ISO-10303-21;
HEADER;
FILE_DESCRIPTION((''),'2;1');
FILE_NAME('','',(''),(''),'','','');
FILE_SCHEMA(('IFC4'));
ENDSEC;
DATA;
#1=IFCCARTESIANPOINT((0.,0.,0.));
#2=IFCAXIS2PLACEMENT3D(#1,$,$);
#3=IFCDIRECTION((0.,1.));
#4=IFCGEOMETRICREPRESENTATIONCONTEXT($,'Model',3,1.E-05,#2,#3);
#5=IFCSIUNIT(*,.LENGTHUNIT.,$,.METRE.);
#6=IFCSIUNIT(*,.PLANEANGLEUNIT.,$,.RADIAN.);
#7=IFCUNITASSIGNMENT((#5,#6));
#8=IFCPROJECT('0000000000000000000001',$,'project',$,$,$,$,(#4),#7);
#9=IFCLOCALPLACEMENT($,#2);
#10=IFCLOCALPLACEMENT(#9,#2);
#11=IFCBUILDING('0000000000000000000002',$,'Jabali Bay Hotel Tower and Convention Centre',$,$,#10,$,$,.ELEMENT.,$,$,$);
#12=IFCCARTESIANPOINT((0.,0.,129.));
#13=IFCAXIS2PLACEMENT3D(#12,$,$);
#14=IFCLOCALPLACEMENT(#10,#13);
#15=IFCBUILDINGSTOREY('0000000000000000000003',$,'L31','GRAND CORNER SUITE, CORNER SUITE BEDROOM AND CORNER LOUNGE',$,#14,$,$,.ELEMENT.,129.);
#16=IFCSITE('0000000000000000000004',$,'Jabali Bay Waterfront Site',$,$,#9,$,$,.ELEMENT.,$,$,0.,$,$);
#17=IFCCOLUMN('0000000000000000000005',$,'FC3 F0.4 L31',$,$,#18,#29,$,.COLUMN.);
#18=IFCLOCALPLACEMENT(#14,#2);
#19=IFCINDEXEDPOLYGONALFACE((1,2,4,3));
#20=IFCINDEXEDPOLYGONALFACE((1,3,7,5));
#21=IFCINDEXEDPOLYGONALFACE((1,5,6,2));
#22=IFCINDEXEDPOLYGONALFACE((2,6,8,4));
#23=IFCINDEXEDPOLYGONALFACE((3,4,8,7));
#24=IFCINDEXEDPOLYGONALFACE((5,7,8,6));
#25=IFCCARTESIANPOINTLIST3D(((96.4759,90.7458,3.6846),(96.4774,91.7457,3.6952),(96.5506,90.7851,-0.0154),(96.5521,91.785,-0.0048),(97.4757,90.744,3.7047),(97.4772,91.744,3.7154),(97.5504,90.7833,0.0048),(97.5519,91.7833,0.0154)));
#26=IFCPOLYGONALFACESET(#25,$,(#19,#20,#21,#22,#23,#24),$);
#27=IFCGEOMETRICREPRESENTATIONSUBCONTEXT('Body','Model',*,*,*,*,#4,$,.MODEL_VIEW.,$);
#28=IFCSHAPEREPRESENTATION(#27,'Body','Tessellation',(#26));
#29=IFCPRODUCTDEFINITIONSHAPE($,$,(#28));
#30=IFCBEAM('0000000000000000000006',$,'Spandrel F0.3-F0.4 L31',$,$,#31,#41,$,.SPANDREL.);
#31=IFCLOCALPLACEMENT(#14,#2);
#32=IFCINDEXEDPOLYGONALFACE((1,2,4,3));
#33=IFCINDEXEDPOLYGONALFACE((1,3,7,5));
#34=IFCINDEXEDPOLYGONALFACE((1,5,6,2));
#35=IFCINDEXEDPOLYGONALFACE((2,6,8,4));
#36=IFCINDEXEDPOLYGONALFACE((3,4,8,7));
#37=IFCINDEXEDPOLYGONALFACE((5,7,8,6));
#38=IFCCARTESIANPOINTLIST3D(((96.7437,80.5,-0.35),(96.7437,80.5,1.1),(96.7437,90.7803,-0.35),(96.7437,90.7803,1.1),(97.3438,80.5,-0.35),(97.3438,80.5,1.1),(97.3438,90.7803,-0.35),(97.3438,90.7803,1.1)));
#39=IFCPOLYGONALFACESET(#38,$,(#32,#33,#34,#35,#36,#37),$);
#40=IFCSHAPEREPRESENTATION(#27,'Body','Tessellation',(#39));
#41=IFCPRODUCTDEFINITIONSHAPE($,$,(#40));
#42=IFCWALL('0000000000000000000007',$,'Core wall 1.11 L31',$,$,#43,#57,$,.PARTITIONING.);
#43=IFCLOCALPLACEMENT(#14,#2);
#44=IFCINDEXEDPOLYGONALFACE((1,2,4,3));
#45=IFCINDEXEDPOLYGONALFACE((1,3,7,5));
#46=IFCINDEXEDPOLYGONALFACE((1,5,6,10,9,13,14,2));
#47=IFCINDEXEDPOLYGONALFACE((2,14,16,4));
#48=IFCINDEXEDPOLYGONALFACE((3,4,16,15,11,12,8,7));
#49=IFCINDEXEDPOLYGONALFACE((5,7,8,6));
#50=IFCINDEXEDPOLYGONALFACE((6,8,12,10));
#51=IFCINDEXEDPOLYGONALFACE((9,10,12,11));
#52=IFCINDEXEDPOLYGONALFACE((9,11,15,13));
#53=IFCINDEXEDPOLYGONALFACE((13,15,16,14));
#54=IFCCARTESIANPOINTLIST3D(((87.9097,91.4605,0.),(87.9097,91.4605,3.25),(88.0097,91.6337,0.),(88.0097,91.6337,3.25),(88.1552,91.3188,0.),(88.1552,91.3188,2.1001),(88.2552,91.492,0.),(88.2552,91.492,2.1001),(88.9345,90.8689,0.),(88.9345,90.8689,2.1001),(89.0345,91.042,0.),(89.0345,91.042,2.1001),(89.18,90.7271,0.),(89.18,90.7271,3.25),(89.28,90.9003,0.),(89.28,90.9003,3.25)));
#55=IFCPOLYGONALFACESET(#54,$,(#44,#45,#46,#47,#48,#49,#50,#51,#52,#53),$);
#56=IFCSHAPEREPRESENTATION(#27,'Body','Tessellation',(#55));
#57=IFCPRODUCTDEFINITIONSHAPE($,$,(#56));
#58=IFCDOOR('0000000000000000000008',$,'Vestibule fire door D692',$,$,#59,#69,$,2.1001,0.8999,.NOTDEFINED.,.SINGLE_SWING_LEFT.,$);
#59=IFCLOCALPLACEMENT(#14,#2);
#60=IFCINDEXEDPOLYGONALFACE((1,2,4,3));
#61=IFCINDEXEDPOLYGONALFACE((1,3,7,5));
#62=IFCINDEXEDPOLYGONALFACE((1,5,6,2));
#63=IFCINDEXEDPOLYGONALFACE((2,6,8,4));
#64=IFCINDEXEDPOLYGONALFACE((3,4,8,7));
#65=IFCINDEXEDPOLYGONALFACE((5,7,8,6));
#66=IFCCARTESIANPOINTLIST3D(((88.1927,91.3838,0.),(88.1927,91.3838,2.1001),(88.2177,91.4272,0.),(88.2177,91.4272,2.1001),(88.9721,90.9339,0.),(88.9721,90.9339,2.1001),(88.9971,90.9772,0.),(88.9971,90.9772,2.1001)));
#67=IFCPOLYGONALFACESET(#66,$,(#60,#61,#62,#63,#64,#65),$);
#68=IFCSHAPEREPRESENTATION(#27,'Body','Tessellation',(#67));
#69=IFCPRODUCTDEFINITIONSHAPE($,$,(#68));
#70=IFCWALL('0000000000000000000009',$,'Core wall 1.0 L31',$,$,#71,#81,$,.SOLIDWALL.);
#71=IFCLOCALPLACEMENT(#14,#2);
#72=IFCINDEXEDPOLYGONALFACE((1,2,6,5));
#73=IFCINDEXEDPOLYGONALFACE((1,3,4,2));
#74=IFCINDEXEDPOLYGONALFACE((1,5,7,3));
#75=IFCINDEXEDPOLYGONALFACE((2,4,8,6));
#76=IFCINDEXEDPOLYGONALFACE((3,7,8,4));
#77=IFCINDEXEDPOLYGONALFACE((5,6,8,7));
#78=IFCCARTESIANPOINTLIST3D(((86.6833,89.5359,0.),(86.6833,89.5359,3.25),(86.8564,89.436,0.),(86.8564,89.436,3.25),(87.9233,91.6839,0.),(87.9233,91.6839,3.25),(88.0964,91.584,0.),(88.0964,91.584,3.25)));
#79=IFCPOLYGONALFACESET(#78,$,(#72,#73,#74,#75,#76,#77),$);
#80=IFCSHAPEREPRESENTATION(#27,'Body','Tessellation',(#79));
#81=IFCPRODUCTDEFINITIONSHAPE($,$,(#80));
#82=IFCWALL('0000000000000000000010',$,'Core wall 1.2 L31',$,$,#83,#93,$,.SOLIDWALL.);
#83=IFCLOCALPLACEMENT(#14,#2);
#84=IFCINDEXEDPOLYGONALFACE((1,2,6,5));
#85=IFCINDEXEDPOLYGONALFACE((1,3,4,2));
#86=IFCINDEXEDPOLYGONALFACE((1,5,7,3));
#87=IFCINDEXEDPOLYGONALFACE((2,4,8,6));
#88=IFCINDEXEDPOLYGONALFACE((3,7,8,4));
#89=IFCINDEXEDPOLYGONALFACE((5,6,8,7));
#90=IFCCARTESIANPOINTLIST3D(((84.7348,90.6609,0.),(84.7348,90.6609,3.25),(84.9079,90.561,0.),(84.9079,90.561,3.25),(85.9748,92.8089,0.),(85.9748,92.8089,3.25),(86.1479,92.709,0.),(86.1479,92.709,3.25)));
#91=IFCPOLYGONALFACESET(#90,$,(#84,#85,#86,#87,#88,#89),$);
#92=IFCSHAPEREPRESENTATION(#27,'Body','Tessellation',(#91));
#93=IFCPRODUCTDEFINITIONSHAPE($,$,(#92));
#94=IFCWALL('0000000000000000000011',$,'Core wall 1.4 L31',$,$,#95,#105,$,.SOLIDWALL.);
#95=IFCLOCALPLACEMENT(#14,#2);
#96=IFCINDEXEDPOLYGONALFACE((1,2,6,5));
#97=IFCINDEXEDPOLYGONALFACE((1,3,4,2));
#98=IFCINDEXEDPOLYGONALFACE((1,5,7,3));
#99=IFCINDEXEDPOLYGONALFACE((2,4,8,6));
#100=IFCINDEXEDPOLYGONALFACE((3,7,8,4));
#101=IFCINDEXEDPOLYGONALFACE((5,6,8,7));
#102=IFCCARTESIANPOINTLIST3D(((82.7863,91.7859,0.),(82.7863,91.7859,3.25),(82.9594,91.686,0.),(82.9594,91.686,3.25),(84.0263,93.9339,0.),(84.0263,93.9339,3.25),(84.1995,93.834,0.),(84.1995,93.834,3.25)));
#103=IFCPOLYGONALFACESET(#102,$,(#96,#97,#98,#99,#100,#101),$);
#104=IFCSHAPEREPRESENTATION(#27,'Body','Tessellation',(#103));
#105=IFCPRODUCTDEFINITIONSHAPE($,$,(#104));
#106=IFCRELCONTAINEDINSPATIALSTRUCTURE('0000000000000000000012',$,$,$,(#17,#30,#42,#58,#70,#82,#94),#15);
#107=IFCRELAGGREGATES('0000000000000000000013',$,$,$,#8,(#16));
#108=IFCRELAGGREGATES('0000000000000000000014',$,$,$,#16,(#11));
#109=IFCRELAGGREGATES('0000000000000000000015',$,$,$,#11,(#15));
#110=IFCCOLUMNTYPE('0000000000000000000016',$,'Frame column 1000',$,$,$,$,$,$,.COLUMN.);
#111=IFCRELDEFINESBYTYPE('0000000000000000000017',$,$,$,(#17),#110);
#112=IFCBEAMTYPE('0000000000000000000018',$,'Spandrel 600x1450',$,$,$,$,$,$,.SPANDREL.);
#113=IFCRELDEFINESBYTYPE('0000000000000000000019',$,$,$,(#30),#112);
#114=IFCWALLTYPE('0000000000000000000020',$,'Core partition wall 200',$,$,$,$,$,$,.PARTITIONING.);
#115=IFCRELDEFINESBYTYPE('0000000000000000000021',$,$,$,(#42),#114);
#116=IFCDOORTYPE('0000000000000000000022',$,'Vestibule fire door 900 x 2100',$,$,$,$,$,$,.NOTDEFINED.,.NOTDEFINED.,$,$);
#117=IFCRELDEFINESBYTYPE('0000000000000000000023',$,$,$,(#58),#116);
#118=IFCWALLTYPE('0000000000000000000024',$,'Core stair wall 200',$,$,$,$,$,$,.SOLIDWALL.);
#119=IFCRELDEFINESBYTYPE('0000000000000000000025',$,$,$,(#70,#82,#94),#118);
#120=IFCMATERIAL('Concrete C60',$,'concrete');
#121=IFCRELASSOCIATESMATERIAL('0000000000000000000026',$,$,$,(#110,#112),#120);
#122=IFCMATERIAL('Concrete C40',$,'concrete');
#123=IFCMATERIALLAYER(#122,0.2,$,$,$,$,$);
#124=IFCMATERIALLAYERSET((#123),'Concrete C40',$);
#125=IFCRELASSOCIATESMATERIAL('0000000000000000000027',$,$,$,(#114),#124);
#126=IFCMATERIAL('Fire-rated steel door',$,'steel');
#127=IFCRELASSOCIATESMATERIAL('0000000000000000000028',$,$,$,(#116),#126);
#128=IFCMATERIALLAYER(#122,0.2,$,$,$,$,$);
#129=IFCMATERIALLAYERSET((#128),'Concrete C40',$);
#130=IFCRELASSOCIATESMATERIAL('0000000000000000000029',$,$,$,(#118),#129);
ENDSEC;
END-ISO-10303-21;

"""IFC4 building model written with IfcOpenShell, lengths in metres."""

from ifc_helpers import new_model, si_unit, direction, frame, frame_2d, origin, origin_2d, place, context, subcontext, project, spatial, rectangle, extrude, material, layer, layer_set, material_profile, profile_set, type_object, element, fill, save


model = new_model("IFC4")

# Units and contexts
model_context = context("Model", 3, precision=1e-05, world=origin(), true_north=direction((0.0, 1.0)))
body_context = subcontext(model_context, "Body", "Model", "MODEL_VIEW")
ifc_project = project(units=[si_unit("LENGTHUNIT", "METRE"), si_unit("PLANEANGLEUNIT", "RADIAN")], contexts=[model_context])

# Site, building, storey
site_placement = place(None, origin())
site = spatial("IfcSite", under=ifc_project, at=site_placement, Name="Jabali Bay Waterfront Site", CompositionType="ELEMENT", RefElevation=0.0)
building_placement = place(site_placement, origin())
building = spatial("IfcBuilding", under=site, at=building_placement, Name="Jabali Bay Hotel Tower and Convention Centre", CompositionType="ELEMENT")
storey_placement = place(building_placement, frame((0.0, 0.0, 129.0)))
storey = spatial("IfcBuildingStorey", under=building, at=storey_placement, Name="L31", Description="GRAND CORNER SUITE, CORNER SUITE BEDROOM AND CORNER LOUNGE", CompositionType="ELEMENT", Elevation=129.0)

# Column
ifc_material_1 = material(Name="Concrete C60", Category="concrete")
ifc_material_profile_1 = material_profile(ifc_material_1, rectangle(XDim=1.0, YDim=1.0, at=origin_2d()), Name="Frame column 1000")
ifc_profile_set_1 = profile_set([ifc_material_profile_1], Name="Concrete C60")
column_type = type_object("IfcColumnType", Name="Frame column 1000", PredefinedType="COLUMN", material=ifc_profile_set_1)
column_placement = place(storey_placement, frame((97.0513, 91.2842, 0.0), z_axis=(-0.020186, -0.010621, 0.99974), x_axis=(0.999795, -0.001758, 0.020169)))
element("IfcColumn", 1, at=column_placement, inside=storey, type_object=column_type, Name="FC3 F0.4 L31", PredefinedType="COLUMN", context=body_context, shape_type="SweptSolid", body=[
    extrude(rectangle(XDim=1.0, YDim=1.0, at=origin_2d()), origin(), (0.0, 0.0, 1.0), 3.7009),
])

# Beam
ifc_material_profile_2 = material_profile(ifc_material_1, rectangle(XDim=0.6001, YDim=1.45, at=origin_2d()), Name="Spandrel 600x1450")
ifc_profile_set_2 = profile_set([ifc_material_profile_2], Name="Concrete C60")
beam_type = type_object("IfcBeamType", Name="Spandrel 600x1450", PredefinedType="SPANDREL", material=ifc_profile_set_2)
beam_placement = place(storey_placement, frame((97.0437, 80.5, 0.375), z_axis=(0.0, 1.0, 0.0), x_axis=(-1.0, 0.0, 0.0)))
element("IfcBeam", 2, at=beam_placement, inside=storey, type_object=beam_type, Name="Spandrel F0.3-F0.4 L31", PredefinedType="SPANDREL", context=body_context, shape_type="SweptSolid", body=[
    extrude(rectangle(XDim=0.6001, YDim=1.45, at=origin_2d()), origin(), (0.0, 0.0, 1.0), 10.2803),
])

# Wall, opening, door
ifc_material_2 = material(Name="Concrete C40", Category="concrete")
ifc_layer_1 = layer(ifc_material_2, 0.2)
ifc_layer_set_1 = layer_set([ifc_layer_1], Name="Concrete C40")
wall_type_1 = type_object("IfcWallType", Name="Core partition wall 200", PredefinedType="PARTITIONING", material=ifc_layer_set_1)
wall_1_placement = place(storey_placement, frame((89.23, 90.8137, 0.0), z_axis=(0.0, 0.0, 1.0), x_axis=(-0.866022, 0.500006, 0.0)))
wall_1 = element("IfcWall", 3, at=wall_1_placement, inside=storey, type_object=wall_type_1, Name="Core wall 1.11 L31", PredefinedType="PARTITIONING", context=body_context, shape_type="SweptSolid", body=[
    extrude(rectangle(XDim=1.4668, YDim=0.2, at=frame_2d((0.7334, 0.0))), origin(), (0.0, 0.0, 1.0), 3.25),
])
opening_1_placement = place(wall_1_placement, frame((0.2834, 0.0, 0.0)))
opening_1 = element("IfcOpeningElement", 4, at=opening_1_placement, cuts=wall_1, PredefinedType="OPENING", context=body_context, shape_type="SweptSolid", body=[
    extrude(rectangle(XDim=0.8999, YDim=2.1001, at=frame_2d((0.45, 1.05))), frame((0.0, 0.1104, 0.0), z_axis=(0.0, -1.0, 0.0), x_axis=(1.0, 0.0, 0.0)), (0.0, 0.0, 1.0), 0.2209),
])
ifc_material_3 = material(Name="Fire-rated steel door", Category="steel")
door_type_1 = type_object("IfcDoorType", Name="Vestibule fire door 900 x 2100", OperationType="NOTDEFINED", PredefinedType="NOTDEFINED", material=ifc_material_3)
door_1_placement = place(opening_1_placement, origin())
door_1 = element("IfcDoor", 5, at=door_1_placement, inside=storey, type_object=door_type_1, Name="Vestibule fire door D692", OperationType="SINGLE_SWING_LEFT", OverallHeight=2.1001, OverallWidth=0.8999, PredefinedType="NOTDEFINED", context=body_context, shape_type="SweptSolid", body=[
    extrude(rectangle(XDim=0.8999, YDim=2.1001, at=frame_2d((0.45, 1.05))), frame((0.0, 0.0249, 0.0), z_axis=(0.0, -1.0, 0.0), x_axis=(1.0, 0.0, 0.0)), (0.0, 0.0, 1.0), 0.05),
])
fill(opening_1, door_1)

# Walls
ifc_layer_2 = layer(ifc_material_2, 0.2)
ifc_layer_set_2 = layer_set([ifc_layer_2], Name="Concrete C40")
wall_type_2 = type_object("IfcWallType", Name="Core stair wall 200", PredefinedType="SOLIDWALL", material=ifc_layer_set_2)
for number, where, z_axis, x_axis, name in (
    (6, (86.7698, 89.4858, 0.0), (0.0, 0.0, 1.0), (0.499961, 0.866048, 0.0), "Core wall 1.0 L31"),
    (7, (84.8213, 90.6108, 0.0), (0.0, 0.0, 1.0), (0.499961, 0.866048, 0.0), "Core wall 1.2 L31"),
    (8, (82.8728, 91.7358, 0.0), (0.0, 0.0, 1.0), (0.499961, 0.866048, 0.0), "Core wall 1.4 L31"),
):
    element("IfcWall", number, at=place(storey_placement, frame(where, z_axis=z_axis, x_axis=x_axis)), inside=storey, type_object=wall_type_2, Name=name, PredefinedType="SOLIDWALL", context=body_context, shape_type="SweptSolid", body=[
        extrude(rectangle(XDim=2.4802, YDim=0.2, at=frame_2d((1.2402, 0.0))), origin(), (0.0, 0.0, 1.0), 3.25),
    ])

save(model, "model.ifc")
